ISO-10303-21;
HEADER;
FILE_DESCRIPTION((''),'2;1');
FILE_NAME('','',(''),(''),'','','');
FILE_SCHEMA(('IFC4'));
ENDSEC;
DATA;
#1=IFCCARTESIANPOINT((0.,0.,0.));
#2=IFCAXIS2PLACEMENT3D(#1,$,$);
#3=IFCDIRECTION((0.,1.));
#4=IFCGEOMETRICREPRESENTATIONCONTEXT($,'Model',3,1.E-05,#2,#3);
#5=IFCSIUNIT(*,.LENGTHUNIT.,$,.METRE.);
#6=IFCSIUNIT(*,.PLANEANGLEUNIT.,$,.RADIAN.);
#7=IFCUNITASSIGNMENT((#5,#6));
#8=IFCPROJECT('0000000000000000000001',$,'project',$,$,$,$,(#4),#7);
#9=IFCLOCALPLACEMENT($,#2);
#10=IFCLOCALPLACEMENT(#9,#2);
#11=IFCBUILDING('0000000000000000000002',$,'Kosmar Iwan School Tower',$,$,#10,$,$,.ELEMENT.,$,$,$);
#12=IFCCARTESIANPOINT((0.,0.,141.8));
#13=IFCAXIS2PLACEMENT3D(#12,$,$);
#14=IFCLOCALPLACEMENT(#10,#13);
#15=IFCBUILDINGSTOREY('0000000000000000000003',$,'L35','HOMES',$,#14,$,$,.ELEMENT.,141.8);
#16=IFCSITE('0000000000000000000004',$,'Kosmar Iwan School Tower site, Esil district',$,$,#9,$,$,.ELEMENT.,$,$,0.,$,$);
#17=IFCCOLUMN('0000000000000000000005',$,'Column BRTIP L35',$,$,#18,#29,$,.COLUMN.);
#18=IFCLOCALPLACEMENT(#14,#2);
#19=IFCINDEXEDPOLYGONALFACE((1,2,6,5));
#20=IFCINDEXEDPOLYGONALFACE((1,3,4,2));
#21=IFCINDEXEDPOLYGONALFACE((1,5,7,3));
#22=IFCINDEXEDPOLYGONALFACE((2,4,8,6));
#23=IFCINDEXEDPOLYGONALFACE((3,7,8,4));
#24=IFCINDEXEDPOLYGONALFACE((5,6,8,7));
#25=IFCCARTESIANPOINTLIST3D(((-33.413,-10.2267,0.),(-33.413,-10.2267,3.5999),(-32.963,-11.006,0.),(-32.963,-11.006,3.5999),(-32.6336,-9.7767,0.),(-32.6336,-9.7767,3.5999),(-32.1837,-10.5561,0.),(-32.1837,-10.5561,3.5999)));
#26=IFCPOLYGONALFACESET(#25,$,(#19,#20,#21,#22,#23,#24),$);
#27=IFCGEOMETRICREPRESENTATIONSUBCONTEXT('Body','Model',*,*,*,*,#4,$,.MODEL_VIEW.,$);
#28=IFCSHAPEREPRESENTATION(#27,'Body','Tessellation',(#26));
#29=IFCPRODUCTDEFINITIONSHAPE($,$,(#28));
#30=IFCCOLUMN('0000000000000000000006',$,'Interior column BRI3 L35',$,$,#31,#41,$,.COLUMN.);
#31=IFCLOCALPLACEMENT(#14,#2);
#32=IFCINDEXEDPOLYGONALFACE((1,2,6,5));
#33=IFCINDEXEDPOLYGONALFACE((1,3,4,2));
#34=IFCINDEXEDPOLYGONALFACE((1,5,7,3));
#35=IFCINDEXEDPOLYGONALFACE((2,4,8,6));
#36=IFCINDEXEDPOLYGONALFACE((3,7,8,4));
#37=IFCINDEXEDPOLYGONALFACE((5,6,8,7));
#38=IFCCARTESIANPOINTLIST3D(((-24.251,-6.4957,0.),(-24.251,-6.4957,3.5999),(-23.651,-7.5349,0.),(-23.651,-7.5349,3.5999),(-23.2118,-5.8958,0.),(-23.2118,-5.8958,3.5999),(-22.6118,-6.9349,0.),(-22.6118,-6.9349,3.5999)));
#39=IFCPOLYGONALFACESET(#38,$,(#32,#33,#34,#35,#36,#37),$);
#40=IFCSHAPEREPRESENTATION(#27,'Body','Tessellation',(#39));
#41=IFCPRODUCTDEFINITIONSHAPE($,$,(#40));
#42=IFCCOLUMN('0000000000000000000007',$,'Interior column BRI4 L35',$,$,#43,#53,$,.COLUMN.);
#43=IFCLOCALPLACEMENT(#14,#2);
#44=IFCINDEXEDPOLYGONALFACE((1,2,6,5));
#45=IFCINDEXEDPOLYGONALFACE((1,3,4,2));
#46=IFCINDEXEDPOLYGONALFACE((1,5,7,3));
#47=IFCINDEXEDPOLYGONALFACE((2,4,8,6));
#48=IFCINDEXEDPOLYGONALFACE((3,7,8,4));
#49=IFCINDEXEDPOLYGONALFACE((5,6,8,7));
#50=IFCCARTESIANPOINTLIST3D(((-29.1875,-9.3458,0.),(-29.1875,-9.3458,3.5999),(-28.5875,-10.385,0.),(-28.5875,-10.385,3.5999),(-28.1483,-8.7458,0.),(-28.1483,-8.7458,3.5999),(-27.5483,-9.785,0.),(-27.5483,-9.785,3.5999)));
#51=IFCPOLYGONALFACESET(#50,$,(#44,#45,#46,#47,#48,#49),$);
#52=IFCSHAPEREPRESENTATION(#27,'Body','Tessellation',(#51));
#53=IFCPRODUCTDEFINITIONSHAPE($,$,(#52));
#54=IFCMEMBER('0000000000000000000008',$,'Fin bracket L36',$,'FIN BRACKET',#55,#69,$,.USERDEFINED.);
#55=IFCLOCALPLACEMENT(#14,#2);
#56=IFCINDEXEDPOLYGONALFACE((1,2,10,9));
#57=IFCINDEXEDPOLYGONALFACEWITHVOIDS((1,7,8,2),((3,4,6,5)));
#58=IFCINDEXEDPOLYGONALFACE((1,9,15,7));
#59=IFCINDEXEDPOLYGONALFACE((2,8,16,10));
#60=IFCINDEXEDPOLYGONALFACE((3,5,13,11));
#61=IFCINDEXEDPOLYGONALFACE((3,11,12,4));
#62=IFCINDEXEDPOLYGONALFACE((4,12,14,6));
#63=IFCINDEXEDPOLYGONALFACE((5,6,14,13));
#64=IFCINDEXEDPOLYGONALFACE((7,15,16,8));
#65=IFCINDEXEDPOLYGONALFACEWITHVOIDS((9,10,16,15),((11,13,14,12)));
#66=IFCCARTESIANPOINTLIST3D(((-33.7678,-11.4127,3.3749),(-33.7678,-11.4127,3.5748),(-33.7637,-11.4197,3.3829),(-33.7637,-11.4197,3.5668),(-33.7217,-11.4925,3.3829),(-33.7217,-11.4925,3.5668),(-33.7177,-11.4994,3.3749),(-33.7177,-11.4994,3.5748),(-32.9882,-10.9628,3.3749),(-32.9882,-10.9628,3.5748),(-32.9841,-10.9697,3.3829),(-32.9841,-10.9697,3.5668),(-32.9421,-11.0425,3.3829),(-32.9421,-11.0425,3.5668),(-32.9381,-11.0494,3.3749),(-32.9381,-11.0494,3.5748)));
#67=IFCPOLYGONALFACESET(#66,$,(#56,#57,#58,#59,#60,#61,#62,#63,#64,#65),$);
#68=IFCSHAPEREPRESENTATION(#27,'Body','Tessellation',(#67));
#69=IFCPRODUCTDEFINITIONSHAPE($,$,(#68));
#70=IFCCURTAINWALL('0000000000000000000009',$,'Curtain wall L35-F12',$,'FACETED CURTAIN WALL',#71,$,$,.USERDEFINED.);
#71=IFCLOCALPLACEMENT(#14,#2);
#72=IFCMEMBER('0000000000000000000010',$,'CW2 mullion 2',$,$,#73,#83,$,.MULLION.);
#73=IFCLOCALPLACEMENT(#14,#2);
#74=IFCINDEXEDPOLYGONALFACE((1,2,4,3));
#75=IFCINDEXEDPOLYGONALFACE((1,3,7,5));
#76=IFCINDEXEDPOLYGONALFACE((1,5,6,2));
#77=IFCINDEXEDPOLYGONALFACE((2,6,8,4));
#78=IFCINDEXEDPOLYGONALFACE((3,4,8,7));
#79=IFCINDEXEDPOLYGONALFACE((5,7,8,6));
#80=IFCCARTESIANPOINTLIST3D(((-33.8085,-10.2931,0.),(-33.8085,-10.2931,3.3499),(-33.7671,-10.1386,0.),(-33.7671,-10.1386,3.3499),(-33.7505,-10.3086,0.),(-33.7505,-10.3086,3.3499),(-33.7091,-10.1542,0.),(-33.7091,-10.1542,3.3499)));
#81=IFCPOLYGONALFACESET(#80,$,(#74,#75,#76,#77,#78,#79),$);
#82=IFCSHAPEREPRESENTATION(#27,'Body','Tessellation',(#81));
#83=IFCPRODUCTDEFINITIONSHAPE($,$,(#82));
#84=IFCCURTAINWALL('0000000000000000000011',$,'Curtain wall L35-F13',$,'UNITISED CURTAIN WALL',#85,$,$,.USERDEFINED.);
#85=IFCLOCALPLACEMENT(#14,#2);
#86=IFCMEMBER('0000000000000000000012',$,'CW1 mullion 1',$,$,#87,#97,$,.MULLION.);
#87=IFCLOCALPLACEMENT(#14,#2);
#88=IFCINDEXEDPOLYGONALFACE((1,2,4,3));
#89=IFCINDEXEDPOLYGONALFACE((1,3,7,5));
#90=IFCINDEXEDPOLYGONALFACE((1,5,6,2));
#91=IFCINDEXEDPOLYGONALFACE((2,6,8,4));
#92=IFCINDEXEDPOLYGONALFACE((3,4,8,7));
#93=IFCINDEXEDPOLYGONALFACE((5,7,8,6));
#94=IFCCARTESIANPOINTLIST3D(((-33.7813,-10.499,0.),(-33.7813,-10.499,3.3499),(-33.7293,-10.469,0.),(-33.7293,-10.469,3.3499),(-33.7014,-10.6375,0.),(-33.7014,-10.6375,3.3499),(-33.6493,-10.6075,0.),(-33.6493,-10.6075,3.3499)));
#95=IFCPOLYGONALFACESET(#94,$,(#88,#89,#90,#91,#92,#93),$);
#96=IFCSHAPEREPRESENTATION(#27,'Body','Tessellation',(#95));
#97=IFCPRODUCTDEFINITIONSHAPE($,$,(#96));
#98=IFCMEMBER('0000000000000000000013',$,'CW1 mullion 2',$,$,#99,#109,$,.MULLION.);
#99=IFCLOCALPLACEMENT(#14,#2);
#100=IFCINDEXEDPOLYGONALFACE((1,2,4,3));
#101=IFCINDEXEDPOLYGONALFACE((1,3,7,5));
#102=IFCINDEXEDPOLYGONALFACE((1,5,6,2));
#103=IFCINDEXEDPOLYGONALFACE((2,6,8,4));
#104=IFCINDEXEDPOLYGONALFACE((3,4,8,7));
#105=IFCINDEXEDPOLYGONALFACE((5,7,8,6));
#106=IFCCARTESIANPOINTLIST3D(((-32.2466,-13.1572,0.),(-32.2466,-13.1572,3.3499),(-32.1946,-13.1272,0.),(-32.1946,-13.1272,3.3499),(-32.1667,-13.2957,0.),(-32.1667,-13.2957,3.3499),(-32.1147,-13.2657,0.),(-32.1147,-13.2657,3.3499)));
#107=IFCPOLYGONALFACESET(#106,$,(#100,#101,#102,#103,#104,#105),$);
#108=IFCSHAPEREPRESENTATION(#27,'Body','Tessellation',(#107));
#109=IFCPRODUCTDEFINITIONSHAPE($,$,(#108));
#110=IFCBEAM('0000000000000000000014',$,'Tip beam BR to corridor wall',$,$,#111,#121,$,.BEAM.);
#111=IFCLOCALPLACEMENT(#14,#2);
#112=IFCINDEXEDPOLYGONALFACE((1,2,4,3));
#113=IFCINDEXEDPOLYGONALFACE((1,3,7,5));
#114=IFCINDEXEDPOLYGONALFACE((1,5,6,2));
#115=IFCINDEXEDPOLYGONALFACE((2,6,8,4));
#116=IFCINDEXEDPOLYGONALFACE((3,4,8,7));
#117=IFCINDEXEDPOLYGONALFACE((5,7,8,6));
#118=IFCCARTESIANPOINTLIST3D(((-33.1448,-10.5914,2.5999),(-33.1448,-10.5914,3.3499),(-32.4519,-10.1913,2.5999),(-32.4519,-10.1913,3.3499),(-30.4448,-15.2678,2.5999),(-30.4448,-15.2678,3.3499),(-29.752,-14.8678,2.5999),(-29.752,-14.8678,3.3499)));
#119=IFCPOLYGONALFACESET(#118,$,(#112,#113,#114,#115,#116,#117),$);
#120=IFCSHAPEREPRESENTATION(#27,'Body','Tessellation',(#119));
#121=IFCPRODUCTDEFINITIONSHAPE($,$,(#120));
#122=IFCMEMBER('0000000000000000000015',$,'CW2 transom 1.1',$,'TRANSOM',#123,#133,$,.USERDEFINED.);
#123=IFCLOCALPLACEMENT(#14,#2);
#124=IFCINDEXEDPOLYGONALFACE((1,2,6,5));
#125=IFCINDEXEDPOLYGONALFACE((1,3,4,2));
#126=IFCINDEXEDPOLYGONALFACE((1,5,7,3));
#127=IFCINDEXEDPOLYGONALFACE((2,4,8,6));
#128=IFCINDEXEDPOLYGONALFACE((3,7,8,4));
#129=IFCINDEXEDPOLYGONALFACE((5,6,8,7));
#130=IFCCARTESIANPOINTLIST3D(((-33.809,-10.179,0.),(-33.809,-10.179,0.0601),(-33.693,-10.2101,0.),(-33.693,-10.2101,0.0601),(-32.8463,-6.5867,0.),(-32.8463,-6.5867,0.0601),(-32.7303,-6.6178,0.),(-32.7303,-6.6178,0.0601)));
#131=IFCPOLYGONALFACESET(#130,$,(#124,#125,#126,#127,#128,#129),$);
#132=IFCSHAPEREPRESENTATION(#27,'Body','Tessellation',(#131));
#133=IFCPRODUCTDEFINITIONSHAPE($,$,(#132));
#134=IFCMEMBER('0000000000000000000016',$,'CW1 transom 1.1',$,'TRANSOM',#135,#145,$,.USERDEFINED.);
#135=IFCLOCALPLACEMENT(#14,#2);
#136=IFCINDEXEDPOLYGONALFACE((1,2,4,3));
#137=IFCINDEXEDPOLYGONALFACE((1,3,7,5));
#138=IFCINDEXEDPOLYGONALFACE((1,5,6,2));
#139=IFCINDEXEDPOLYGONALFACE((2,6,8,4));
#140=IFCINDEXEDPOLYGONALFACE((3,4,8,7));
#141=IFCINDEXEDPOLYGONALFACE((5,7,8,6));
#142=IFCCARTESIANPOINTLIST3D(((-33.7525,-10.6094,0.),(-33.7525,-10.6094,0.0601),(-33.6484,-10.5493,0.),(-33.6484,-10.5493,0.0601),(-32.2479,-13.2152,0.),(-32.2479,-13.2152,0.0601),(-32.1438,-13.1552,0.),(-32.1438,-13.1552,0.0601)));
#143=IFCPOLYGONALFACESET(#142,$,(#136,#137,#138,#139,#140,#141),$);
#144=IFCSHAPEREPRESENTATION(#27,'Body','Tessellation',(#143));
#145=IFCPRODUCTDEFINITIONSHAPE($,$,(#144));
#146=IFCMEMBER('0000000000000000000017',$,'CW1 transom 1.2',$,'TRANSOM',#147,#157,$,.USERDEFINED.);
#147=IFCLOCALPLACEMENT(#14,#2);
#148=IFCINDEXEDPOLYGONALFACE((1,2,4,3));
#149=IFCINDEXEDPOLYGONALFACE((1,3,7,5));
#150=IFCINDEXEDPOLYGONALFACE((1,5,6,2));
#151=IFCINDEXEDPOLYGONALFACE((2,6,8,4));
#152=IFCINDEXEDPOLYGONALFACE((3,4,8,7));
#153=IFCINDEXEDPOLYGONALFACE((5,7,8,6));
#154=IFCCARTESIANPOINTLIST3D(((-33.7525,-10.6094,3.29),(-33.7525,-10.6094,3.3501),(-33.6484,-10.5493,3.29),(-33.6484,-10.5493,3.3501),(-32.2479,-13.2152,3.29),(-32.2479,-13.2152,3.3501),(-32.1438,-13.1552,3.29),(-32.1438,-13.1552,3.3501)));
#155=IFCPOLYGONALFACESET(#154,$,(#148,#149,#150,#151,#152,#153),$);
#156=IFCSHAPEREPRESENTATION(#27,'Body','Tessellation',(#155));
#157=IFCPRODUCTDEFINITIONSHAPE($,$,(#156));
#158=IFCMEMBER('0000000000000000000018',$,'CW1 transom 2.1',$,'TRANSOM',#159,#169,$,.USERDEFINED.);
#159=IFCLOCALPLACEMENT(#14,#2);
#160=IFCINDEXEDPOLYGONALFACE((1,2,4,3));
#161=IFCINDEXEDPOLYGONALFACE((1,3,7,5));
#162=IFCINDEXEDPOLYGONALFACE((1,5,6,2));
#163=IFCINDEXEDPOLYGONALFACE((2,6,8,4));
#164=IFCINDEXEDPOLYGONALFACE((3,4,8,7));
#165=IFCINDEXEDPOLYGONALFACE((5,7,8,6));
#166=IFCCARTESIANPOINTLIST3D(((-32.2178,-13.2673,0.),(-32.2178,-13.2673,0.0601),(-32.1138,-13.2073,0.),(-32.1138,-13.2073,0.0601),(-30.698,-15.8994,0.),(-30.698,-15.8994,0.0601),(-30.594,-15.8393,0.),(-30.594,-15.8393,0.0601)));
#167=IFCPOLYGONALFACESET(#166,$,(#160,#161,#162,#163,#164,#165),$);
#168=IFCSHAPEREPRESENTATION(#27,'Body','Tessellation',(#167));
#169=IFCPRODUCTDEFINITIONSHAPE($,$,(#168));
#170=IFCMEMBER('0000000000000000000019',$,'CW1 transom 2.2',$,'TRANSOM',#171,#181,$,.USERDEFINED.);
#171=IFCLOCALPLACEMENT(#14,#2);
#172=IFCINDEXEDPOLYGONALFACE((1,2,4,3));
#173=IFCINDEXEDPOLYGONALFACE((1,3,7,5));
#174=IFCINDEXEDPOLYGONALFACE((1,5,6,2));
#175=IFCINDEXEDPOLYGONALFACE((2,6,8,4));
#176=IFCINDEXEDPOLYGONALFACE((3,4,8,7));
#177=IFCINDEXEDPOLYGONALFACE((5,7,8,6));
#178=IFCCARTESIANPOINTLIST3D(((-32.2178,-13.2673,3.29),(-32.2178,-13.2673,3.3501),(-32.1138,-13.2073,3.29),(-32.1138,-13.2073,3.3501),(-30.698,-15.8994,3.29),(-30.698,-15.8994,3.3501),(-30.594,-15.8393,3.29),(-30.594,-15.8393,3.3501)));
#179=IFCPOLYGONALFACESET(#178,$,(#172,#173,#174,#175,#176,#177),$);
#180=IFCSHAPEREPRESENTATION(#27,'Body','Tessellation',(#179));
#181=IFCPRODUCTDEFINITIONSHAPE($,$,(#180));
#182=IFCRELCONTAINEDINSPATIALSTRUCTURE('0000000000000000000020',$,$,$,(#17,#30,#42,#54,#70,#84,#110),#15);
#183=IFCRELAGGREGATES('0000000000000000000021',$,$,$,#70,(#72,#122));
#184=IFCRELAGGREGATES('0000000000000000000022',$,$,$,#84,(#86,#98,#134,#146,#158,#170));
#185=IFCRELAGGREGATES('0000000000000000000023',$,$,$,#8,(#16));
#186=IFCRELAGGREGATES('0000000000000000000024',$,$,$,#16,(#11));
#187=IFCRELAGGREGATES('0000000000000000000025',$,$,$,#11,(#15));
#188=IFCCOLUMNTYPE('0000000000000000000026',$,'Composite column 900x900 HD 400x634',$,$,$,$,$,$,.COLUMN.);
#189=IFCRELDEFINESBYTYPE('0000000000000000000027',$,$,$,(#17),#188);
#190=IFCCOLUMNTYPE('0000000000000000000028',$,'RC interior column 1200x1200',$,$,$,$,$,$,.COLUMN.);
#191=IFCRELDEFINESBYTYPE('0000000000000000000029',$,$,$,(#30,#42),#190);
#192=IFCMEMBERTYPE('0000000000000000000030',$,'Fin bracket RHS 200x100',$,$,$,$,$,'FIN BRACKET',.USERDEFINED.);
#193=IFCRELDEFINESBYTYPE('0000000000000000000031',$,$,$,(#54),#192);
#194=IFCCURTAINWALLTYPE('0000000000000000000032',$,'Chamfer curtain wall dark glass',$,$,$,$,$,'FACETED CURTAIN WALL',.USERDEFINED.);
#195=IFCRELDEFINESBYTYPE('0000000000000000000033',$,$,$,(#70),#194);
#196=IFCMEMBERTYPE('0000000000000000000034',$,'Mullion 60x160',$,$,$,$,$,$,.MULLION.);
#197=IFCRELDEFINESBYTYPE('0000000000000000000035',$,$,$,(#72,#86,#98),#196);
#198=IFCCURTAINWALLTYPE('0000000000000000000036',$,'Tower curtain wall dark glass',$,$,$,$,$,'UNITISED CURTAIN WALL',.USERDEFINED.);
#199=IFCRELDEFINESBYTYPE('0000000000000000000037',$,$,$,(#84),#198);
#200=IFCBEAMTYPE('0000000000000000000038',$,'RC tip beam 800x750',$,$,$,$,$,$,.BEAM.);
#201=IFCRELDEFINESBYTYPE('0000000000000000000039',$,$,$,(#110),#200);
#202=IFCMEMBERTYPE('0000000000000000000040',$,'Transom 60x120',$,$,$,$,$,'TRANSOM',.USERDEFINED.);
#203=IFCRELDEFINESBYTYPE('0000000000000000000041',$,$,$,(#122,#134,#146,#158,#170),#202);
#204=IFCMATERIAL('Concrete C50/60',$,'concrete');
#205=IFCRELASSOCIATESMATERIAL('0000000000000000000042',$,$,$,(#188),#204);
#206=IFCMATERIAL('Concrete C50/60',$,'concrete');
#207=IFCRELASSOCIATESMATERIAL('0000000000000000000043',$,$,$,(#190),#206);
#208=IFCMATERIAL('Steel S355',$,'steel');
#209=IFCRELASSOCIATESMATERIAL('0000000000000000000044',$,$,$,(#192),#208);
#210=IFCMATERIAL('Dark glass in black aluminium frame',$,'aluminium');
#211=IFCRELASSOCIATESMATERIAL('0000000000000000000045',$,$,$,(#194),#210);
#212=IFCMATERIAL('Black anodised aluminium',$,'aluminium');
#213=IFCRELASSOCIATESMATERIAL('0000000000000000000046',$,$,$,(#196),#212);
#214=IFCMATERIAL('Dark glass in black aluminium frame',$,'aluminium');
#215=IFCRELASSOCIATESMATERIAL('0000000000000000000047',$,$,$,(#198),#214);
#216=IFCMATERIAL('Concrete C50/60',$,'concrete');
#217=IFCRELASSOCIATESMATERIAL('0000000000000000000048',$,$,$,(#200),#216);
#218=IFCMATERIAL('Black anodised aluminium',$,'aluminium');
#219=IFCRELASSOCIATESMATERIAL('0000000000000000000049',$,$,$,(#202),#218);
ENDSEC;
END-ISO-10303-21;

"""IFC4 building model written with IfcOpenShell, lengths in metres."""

from ifc_helpers import new_model, si_unit, direction, frame, origin, origin_2d, place, context, subcontext, project, spatial, rectangle, hollow_rectangle, extrude, material, material_profile, profile_set, type_object, element, aggregate, save


model = new_model("IFC4")

# Units and contexts
model_context = context("Model", 3, precision=1e-05, world=origin(), true_north=direction((0.0, 1.0)))
body_context = subcontext(model_context, "Body", "Model", "MODEL_VIEW")
ifc_project = project(units=[si_unit("LENGTHUNIT", "METRE"), si_unit("PLANEANGLEUNIT", "RADIAN")], contexts=[model_context])

# Site, building, storey
site_placement = place(None, origin())
site = spatial("IfcSite", under=ifc_project, at=site_placement, Name="Kosmar Iwan School Tower site, Esil district", CompositionType="ELEMENT", RefElevation=0.0)
building_placement = place(site_placement, origin())
building = spatial("IfcBuilding", under=site, at=building_placement, Name="Kosmar Iwan School Tower", CompositionType="ELEMENT")
storey_placement = place(building_placement, frame((0.0, 0.0, 141.8)))
storey = spatial("IfcBuildingStorey", under=building, at=storey_placement, Name="L35", Description="HOMES", CompositionType="ELEMENT", Elevation=141.8)

# Columns
ifc_material_1 = material(Name="Concrete C50/60", Category="concrete")
ifc_material_profile_1 = material_profile(ifc_material_1, rectangle(XDim=0.8999, YDim=0.8999, at=origin_2d()), Name="RC 900x900 + HD 400x634")
ifc_profile_set_1 = profile_set([ifc_material_profile_1], Name="Concrete C50/60")
column_type_1 = type_object("IfcColumnType", Name="Composite column 900x900 HD 400x634", PredefinedType="COLUMN", material=ifc_profile_set_1)
column_placement = place(storey_placement, frame((-32.7983, -10.3914, 0.0), z_axis=(0.0, 0.0, 1.0), x_axis=(-0.866025, -0.5, 0.0)))
element("IfcColumn", 1, at=column_placement, inside=storey, type_object=column_type_1, Name="Column BRTIP L35", PredefinedType="COLUMN", context=body_context, shape_type="SweptSolid", body=[
    extrude(rectangle(XDim=0.8999, YDim=0.8999, at=origin_2d()), origin(), (0.0, 0.0, 1.0), 3.5999),
])
ifc_material_2 = material(Name="Concrete C50/60", Category="concrete")
ifc_material_profile_2 = material_profile(ifc_material_2, rectangle(XDim=1.2, YDim=1.2, at=origin_2d()), Name="RC 1200x1200")
ifc_profile_set_2 = profile_set([ifc_material_profile_2], Name="Concrete C50/60")
column_type_2 = type_object("IfcColumnType", Name="RC interior column 1200x1200", PredefinedType="COLUMN", material=ifc_profile_set_2)
for number, where, z_axis, x_axis, name in (
    (2, (-23.4314, -6.7153, 0.0), (0.0, 0.0, 1.0), (-0.866025, -0.5, 0.0), "Interior column BRI3 L35"),
    (3, (-28.3679, -9.5654, 0.0), (0.0, 0.0, 1.0), (-0.866025, -0.5, 0.0), "Interior column BRI4 L35"),
):
    element("IfcColumn", number, at=place(storey_placement, frame(where, z_axis=z_axis, x_axis=x_axis)), inside=storey, type_object=column_type_2, Name=name, PredefinedType="COLUMN", context=body_context, shape_type="SweptSolid", body=[
        extrude(rectangle(XDim=1.2, YDim=1.2, at=origin_2d()), origin(), (0.0, 0.0, 1.0), 3.5999),
    ])

# Member
ifc_material_3 = material(Name="Steel S355", Category="steel")
ifc_material_profile_3 = material_profile(ifc_material_3, hollow_rectangle(XDim=0.1001, YDim=0.2, WallThickness=0.0081, at=origin_2d()), Name="RHS 200x100x8")
ifc_profile_set_3 = profile_set([ifc_material_profile_3], Name="Steel S355")
member_type_1 = type_object("IfcMemberType", Name="Fin bracket RHS 200x100", ElementType="FIN BRACKET", PredefinedType="USERDEFINED", material=ifc_profile_set_3)
member_1_placement = place(storey_placement, frame((-32.9631, -11.0061, 3.4749), z_axis=(-0.866082, -0.499902, 0.0), x_axis=(0.499902, -0.866082, 0.0)))
element("IfcMember", 4, at=member_1_placement, inside=storey, type_object=member_type_1, Name="Fin bracket L36", ObjectType="FIN BRACKET", PredefinedType="USERDEFINED", context=body_context, shape_type="SweptSolid", body=[
    extrude(hollow_rectangle(XDim=0.1001, YDim=0.2, WallThickness=0.0081, at=origin_2d()), origin(), (0.0, 0.0, 1.0), 0.9001),
])

# Curtain wall, member
ifc_material_4 = material(Name="Dark glass in black aluminium frame", Category="aluminium")
curtain_wall_type_1 = type_object("IfcCurtainWallType", Name="Chamfer curtain wall dark glass", ElementType="FACETED CURTAIN WALL", PredefinedType="USERDEFINED", material=ifc_material_4)
curtain_wall_1_placement = place(storey_placement, origin())
curtain_wall_1 = element("IfcCurtainWall", 5, at=curtain_wall_1_placement, inside=storey, type_object=curtain_wall_type_1, Name="Curtain wall L35-F12", ObjectType="FACETED CURTAIN WALL", PredefinedType="USERDEFINED")
ifc_material_5 = material(Name="Black anodised aluminium", Category="aluminium")
ifc_material_profile_4 = material_profile(ifc_material_5, rectangle(XDim=0.0601, YDim=0.1599, at=origin_2d()), Name="MULLION 60x160")
ifc_profile_set_4 = profile_set([ifc_material_profile_4], Name="Black anodised aluminium")
member_type_2 = type_object("IfcMemberType", Name="Mullion 60x160", PredefinedType="MULLION", material=ifc_profile_set_4)
member_2_placement = place(storey_placement, frame((-33.7588, -10.2236, 0.0), z_axis=(0.0, 0.0, 1.0), x_axis=(0.965926, -0.258819, 0.0)))
member_2 = element("IfcMember", 6, at=member_2_placement, type_object=member_type_2, Name="CW2 mullion 2", PredefinedType="MULLION", context=body_context, shape_type="SweptSolid", body=[
    extrude(rectangle(XDim=0.0601, YDim=0.1599, at=origin_2d()), origin(), (0.0, 0.0, 1.0), 3.3499),
])

# Curtain wall, members
ifc_material_6 = material(Name="Dark glass in black aluminium frame", Category="aluminium")
curtain_wall_type_2 = type_object("IfcCurtainWallType", Name="Tower curtain wall dark glass", ElementType="UNITISED CURTAIN WALL", PredefinedType="USERDEFINED", material=ifc_material_6)
curtain_wall_2_placement = place(storey_placement, origin())
curtain_wall_2 = element("IfcCurtainWall", 7, at=curtain_wall_2_placement, inside=storey, type_object=curtain_wall_type_2, Name="Curtain wall L35-F13", ObjectType="UNITISED CURTAIN WALL", PredefinedType="USERDEFINED")
member_3_placement = place(storey_placement, frame((-33.7153, -10.5532, 0.0), z_axis=(0.0, 0.0, 1.0), x_axis=(0.866025, 0.5, 0.0)))
member_3 = element("IfcMember", 8, at=member_3_placement, type_object=member_type_2, Name="CW1 mullion 1", PredefinedType="MULLION", context=body_context, shape_type="SweptSolid", body=[
    extrude(rectangle(XDim=0.0601, YDim=0.1599, at=origin_2d()), origin(), (0.0, 0.0, 1.0), 3.3499),
])
member_4_placement = place(storey_placement, frame((-32.1807, -13.2114, 0.0), z_axis=(0.0, 0.0, 1.0), x_axis=(0.866025, 0.5, 0.0)))
member_4 = element("IfcMember", 9, at=member_4_placement, type_object=member_type_2, Name="CW1 mullion 2", PredefinedType="MULLION", context=body_context, shape_type="SweptSolid", body=[
    extrude(rectangle(XDim=0.0601, YDim=0.1599, at=origin_2d()), origin(), (0.0, 0.0, 1.0), 3.3499),
])

# Beam
ifc_material_7 = material(Name="Concrete C50/60", Category="concrete")
ifc_material_profile_5 = material_profile(ifc_material_7, rectangle(XDim=0.8, YDim=0.75, at=origin_2d()), Name="RC 800x750")
ifc_profile_set_5 = profile_set([ifc_material_profile_5], Name="Concrete C50/60")
beam_type = type_object("IfcBeamType", Name="RC tip beam 800x750", PredefinedType="BEAM", material=ifc_profile_set_5)
beam_placement = place(storey_placement, frame((-32.7983, -10.3914, 2.9749), z_axis=(0.499995, -0.866028, 0.0), x_axis=(0.866028, 0.499995, 0.0)))
element("IfcBeam", 10, at=beam_placement, inside=storey, type_object=beam_type, Name="Tip beam BR to corridor wall", PredefinedType="BEAM", context=body_context, shape_type="SweptSolid", body=[
    extrude(rectangle(XDim=0.8, YDim=0.75, at=origin_2d()), origin(), (0.0, 0.0, 1.0), 5.3999),
])

# Members
ifc_material_8 = material(Name="Black anodised aluminium", Category="aluminium")
ifc_material_profile_6 = material_profile(ifc_material_8, rectangle(XDim=0.1201, YDim=0.0601, at=origin_2d()), Name="TRANSOM 60x120")
ifc_profile_set_6 = profile_set([ifc_material_profile_6], Name="Black anodised aluminium")
member_type_3 = type_object("IfcMemberType", Name="Transom 60x120", ElementType="TRANSOM", PredefinedType="USERDEFINED", material=ifc_profile_set_6)
member_5_placement = place(storey_placement, frame((-32.7883, -6.6023, 0.03), z_axis=(-0.258843, -0.965919, 0.0), x_axis=(0.965919, -0.258843, 0.0)))
member_5 = element("IfcMember", 11, at=member_5_placement, type_object=member_type_3, Name="CW2 transom 1.1", ObjectType="TRANSOM", PredefinedType="USERDEFINED", context=body_context, shape_type="SweptSolid", body=[
    extrude(rectangle(XDim=0.1201, YDim=0.0601, at=origin_2d()), origin(), (0.0, 0.0, 1.0), 3.719),
])
member_6_placement = place(storey_placement, frame((-33.7004, -10.5793, 0.03), z_axis=(0.500022, -0.866013, 0.0), x_axis=(0.866013, 0.500022, 0.0)))
member_6 = element("IfcMember", 12, at=member_6_placement, type_object=member_type_3, Name="CW1 transom 1.1", ObjectType="TRANSOM", PredefinedType="USERDEFINED", context=body_context, shape_type="SweptSolid", body=[
    extrude(rectangle(XDim=0.1201, YDim=0.0601, at=origin_2d()), origin(), (0.0, 0.0, 1.0), 3.009),
])
member_7_placement = place(storey_placement, frame((-33.7004, -10.5793, 3.3201), z_axis=(0.500022, -0.866013, 0.0), x_axis=(0.866013, 0.500022, 0.0)))
member_7 = element("IfcMember", 13, at=member_7_placement, type_object=member_type_3, Name="CW1 transom 1.2", ObjectType="TRANSOM", PredefinedType="USERDEFINED", context=body_context, shape_type="SweptSolid", body=[
    extrude(rectangle(XDim=0.1201, YDim=0.0601, at=origin_2d()), origin(), (0.0, 0.0, 1.0), 3.009),
])
member_8_placement = place(storey_placement, frame((-32.1658, -13.2373, 0.03), z_axis=(0.500035, -0.866005, 0.0), x_axis=(0.866005, 0.500035, 0.0)))
member_8 = element("IfcMember", 14, at=member_8_placement, type_object=member_type_3, Name="CW1 transom 2.1", ObjectType="TRANSOM", PredefinedType="USERDEFINED", context=body_context, shape_type="SweptSolid", body=[
    extrude(rectangle(XDim=0.1201, YDim=0.0601, at=origin_2d()), origin(), (0.0, 0.0, 1.0), 3.0393),
])
member_9_placement = place(storey_placement, frame((-32.1658, -13.2373, 3.3201), z_axis=(0.500035, -0.866005, 0.0), x_axis=(0.866005, 0.500035, 0.0)))
member_9 = element("IfcMember", 15, at=member_9_placement, type_object=member_type_3, Name="CW1 transom 2.2", ObjectType="TRANSOM", PredefinedType="USERDEFINED", context=body_context, shape_type="SweptSolid", body=[
    extrude(rectangle(XDim=0.1201, YDim=0.0601, at=origin_2d()), origin(), (0.0, 0.0, 1.0), 3.0393),
])

aggregate(curtain_wall_1, [member_2, member_5])
aggregate(curtain_wall_2, [member_3, member_4, member_6, member_7, member_8, member_9])

save(model, "model.ifc")
